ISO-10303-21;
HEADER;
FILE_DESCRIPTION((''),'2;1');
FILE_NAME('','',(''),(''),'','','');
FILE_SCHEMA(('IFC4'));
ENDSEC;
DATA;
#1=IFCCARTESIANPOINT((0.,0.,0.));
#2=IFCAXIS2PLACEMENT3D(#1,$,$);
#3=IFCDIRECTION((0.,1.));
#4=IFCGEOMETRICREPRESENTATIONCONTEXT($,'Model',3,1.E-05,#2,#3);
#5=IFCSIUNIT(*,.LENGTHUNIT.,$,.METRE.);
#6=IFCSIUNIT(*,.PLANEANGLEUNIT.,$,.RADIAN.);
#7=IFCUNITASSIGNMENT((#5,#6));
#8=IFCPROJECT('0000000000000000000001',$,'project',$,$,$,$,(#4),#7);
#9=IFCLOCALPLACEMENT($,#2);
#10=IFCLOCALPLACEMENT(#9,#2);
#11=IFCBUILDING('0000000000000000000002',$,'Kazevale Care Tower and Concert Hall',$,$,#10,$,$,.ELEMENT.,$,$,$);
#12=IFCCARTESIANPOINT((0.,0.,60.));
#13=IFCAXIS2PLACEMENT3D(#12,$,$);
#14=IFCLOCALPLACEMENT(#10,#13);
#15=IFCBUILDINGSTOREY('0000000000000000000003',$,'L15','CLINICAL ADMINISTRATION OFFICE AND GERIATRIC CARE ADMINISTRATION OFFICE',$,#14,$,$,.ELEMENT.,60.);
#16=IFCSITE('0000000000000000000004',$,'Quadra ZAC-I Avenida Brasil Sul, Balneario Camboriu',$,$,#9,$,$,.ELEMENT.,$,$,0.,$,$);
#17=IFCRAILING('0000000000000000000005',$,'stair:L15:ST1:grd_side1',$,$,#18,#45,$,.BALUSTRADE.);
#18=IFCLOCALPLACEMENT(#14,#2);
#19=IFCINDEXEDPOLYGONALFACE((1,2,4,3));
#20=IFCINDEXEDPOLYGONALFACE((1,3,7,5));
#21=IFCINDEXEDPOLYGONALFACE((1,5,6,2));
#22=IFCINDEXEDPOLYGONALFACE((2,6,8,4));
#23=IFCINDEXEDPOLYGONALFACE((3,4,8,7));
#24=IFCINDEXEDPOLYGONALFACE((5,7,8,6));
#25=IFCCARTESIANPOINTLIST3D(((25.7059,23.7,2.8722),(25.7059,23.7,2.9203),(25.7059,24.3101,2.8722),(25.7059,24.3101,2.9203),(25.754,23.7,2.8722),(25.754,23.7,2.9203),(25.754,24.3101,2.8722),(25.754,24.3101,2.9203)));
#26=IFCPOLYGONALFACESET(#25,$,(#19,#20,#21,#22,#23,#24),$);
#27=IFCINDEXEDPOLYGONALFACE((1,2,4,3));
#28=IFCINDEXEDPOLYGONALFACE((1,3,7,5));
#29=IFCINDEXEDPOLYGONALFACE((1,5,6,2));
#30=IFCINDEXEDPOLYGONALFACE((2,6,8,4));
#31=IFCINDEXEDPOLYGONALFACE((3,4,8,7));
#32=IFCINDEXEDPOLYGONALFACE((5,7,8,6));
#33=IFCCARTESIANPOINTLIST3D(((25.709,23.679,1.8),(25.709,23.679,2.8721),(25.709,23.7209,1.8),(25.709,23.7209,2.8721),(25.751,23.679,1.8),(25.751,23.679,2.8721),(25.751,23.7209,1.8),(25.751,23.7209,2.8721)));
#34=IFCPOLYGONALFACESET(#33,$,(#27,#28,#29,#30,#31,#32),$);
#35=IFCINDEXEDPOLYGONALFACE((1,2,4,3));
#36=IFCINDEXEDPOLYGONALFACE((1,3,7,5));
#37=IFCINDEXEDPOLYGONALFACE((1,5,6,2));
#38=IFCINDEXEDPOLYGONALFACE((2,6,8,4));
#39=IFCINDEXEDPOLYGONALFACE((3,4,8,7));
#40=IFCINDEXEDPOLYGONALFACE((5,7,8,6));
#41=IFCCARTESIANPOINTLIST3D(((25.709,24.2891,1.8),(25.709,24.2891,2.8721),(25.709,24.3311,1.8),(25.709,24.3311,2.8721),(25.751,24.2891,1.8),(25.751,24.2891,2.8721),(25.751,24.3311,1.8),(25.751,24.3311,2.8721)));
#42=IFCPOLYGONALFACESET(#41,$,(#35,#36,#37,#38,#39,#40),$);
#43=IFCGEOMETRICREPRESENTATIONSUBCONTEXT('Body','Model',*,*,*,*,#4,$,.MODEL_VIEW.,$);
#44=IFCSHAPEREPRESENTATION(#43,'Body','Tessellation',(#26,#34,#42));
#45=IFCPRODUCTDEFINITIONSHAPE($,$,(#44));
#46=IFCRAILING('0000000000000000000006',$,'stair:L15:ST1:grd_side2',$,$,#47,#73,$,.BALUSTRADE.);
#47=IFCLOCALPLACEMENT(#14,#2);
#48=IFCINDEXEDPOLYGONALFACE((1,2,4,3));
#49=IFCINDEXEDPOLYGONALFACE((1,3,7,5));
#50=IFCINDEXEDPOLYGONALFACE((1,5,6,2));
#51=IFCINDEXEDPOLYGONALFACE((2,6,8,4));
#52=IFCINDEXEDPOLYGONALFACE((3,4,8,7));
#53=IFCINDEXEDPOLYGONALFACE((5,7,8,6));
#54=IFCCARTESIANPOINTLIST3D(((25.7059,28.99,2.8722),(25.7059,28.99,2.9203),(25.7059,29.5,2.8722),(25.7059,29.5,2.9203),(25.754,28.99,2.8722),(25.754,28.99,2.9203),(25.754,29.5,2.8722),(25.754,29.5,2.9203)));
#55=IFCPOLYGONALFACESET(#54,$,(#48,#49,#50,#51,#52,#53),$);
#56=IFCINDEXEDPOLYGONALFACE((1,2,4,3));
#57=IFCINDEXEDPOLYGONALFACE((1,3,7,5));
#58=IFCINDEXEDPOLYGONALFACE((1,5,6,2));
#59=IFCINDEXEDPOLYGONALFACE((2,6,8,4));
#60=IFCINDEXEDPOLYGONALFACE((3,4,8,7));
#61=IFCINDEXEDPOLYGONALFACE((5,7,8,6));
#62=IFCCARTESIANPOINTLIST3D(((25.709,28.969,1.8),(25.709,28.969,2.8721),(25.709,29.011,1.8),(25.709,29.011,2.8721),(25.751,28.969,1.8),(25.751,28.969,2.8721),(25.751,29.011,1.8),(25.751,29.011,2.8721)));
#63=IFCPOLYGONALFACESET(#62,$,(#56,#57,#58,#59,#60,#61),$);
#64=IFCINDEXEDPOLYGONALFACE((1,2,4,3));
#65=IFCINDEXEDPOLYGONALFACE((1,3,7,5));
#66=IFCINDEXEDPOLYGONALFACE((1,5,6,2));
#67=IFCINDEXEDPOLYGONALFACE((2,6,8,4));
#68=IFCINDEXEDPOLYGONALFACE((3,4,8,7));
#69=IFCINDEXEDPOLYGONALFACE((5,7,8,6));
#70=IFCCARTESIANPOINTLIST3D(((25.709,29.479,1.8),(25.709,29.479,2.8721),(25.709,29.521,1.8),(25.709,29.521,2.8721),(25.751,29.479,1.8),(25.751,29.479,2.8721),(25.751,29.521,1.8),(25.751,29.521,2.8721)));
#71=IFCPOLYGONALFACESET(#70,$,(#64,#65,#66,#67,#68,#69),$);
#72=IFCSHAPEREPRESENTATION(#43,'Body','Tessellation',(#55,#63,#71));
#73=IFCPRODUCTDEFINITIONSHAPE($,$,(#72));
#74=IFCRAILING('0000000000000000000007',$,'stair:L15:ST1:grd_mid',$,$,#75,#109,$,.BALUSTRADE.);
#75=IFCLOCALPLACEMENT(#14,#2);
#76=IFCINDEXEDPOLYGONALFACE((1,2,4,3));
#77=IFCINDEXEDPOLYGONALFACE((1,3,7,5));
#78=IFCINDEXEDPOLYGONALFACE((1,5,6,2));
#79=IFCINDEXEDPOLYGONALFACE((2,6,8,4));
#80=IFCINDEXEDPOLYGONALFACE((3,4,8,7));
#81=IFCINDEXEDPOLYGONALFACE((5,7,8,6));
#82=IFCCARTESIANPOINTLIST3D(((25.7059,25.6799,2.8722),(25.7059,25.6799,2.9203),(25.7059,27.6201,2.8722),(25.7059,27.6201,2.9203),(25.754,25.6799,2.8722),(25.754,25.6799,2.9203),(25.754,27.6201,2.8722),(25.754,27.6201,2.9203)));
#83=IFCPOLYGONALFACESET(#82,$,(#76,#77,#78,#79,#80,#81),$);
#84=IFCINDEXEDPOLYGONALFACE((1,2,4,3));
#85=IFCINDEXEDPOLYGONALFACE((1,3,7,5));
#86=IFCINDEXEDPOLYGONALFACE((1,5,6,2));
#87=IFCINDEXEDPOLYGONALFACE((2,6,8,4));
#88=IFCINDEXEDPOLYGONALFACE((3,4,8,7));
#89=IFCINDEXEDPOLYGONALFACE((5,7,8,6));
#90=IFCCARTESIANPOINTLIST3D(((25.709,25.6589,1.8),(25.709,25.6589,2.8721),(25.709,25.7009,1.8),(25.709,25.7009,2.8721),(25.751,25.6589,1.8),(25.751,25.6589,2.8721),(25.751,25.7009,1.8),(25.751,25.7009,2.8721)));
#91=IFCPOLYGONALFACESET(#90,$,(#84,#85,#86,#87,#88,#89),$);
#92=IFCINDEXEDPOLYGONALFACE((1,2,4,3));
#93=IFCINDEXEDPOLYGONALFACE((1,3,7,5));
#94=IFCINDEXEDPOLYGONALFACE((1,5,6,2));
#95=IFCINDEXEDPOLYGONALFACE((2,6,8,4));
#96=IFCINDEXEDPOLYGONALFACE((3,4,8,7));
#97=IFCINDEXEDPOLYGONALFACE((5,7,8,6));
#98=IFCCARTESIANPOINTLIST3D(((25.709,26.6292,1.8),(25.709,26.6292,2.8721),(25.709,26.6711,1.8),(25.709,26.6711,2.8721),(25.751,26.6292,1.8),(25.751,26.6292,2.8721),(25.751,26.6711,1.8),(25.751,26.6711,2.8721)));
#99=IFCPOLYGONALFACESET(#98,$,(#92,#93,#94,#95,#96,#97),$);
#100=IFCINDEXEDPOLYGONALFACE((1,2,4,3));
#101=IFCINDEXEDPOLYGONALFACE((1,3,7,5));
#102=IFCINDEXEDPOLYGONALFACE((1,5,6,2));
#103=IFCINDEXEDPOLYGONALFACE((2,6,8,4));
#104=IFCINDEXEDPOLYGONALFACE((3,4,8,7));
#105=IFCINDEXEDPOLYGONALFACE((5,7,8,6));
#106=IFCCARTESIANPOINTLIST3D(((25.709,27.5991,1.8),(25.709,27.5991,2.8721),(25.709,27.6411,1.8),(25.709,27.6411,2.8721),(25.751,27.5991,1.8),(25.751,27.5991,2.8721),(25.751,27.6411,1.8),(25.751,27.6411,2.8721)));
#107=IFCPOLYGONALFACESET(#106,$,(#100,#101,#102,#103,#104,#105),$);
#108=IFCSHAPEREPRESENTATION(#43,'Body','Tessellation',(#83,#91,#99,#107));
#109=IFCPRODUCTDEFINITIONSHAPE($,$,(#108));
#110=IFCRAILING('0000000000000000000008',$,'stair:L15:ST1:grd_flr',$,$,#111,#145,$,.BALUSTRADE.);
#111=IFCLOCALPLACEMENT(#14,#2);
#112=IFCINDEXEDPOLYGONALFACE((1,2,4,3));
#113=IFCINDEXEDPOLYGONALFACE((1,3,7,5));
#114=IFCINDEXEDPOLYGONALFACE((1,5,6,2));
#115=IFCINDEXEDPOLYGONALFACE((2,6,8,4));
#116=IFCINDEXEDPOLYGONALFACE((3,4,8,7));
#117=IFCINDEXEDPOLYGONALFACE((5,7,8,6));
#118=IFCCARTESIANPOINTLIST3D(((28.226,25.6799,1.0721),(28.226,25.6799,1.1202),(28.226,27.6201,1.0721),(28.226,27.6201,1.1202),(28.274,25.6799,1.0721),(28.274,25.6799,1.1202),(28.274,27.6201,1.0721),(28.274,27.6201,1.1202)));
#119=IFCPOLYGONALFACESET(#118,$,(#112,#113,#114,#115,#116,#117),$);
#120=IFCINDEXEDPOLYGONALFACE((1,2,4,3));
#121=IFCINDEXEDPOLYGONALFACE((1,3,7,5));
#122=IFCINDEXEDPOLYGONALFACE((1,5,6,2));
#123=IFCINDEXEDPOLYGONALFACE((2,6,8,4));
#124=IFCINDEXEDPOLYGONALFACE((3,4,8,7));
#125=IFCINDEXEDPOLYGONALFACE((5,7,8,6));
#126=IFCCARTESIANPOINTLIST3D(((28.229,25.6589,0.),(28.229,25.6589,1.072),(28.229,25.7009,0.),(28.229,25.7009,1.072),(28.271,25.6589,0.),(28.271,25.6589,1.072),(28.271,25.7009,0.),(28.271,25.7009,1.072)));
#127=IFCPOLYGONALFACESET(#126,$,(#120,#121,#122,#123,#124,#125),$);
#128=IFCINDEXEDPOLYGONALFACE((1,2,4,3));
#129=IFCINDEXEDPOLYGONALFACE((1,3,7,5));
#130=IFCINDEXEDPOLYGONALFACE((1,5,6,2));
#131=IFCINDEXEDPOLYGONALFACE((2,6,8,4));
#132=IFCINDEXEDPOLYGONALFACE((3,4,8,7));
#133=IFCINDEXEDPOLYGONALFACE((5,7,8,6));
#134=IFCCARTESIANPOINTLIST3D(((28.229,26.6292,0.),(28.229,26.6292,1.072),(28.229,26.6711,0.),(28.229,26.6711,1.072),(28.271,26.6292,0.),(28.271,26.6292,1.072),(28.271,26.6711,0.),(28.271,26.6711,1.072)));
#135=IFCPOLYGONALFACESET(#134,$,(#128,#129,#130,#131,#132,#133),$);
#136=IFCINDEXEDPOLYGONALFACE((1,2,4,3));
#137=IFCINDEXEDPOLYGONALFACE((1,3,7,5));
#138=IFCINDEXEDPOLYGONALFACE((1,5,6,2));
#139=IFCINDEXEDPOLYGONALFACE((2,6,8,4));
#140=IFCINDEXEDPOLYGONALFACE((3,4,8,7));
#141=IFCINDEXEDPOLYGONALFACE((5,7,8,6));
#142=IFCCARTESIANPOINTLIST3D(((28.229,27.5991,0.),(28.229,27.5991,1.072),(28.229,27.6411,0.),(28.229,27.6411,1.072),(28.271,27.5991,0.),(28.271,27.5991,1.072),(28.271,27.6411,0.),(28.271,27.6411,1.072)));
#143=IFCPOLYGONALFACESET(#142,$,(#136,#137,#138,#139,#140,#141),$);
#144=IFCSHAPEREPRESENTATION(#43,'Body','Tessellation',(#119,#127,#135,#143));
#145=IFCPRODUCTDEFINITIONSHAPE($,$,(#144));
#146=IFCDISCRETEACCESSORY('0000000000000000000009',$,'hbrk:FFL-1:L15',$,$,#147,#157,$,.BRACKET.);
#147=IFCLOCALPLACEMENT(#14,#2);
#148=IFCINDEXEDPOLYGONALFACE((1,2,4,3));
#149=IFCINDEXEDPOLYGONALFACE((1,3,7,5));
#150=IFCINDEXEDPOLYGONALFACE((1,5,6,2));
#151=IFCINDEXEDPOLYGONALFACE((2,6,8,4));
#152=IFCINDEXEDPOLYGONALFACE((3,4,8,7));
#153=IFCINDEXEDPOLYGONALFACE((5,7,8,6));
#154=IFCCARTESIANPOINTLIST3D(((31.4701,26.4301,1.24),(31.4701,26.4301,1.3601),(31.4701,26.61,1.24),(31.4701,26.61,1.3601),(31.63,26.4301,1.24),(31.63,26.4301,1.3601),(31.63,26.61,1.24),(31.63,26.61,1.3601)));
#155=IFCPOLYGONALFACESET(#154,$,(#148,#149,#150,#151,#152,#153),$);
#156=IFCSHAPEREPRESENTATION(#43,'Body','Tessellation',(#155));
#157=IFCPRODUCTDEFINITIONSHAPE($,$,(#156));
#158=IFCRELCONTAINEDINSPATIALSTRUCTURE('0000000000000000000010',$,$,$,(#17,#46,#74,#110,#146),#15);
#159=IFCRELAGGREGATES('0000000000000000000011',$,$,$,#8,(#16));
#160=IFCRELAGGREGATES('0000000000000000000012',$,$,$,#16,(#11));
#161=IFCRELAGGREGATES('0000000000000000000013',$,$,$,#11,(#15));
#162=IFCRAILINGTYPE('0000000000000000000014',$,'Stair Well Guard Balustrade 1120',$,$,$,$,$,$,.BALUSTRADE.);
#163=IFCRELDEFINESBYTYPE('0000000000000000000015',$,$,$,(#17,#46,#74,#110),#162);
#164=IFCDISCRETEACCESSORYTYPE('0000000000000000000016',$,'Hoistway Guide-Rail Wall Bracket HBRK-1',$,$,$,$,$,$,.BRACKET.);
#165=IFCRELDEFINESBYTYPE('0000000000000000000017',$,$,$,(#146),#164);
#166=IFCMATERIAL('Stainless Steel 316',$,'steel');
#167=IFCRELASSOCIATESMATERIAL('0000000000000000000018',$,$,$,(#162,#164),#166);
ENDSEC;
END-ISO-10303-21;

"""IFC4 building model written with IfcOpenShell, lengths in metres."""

from ifc_helpers import new_model, si_unit, direction, frame, origin, origin_2d, place, context, subcontext, project, spatial, rectangle, extrude, material, type_object, element, save


model = new_model("IFC4")

# Units and contexts
model_context = context("Model", 3, precision=1e-05, world=origin(), true_north=direction((0.0, 1.0)))
body_context = subcontext(model_context, "Body", "Model", "MODEL_VIEW")
ifc_project = project(units=[si_unit("LENGTHUNIT", "METRE"), si_unit("PLANEANGLEUNIT", "RADIAN")], contexts=[model_context])

# Site, building, storey
site_placement = place(None, origin())
site = spatial("IfcSite", under=ifc_project, at=site_placement, Name="Quadra ZAC-I Avenida Brasil Sul, Balneario Camboriu", CompositionType="ELEMENT", RefElevation=0.0)
building_placement = place(site_placement, origin())
building = spatial("IfcBuilding", under=site, at=building_placement, Name="Kazevale Care Tower and Concert Hall", CompositionType="ELEMENT")
storey_placement = place(building_placement, frame((0.0, 0.0, 60.0)))
storey = spatial("IfcBuildingStorey", under=building, at=storey_placement, Name="L15", Description="CLINICAL ADMINISTRATION OFFICE AND GERIATRIC CARE ADMINISTRATION OFFICE", CompositionType="ELEMENT", Elevation=60.0)

# Shared definitions
ifc_material_1 = material(Name="Stainless Steel 316", Category="steel")

# Railings
railing_type_1 = type_object("IfcRailingType", Name="Stair Well Guard Balustrade 1120", PredefinedType="BALUSTRADE", material=ifc_material_1)
railing_1_placement = place(storey_placement, frame((25.73, 23.7, 1.8)))
element("IfcRailing", 1, at=railing_1_placement, inside=storey, type_object=railing_type_1, Name="stair:L15:ST1:grd_side1", PredefinedType="BALUSTRADE", context=body_context, shape_type="SweptSolid", body=[
    extrude(rectangle(XDim=0.0481, YDim=0.0481, at=origin_2d()), frame((0.0, 0.0, 1.0962), z_axis=(0.0, 1.0, 0.0), x_axis=(-1.0, 0.0, 0.0)), (0.0, 0.0, 1.0), 0.6101),
    extrude(rectangle(XDim=0.042, YDim=0.042, at=origin_2d()), origin(), (0.0, 0.0, 1.0), 1.072),
    extrude(rectangle(XDim=0.042, YDim=0.042, at=origin_2d()), frame((0.0, 0.6101, 0.0)), (0.0, 0.0, 1.0), 1.072),
])
railing_2_placement = place(storey_placement, frame((25.73, 28.99, 1.8)))
element("IfcRailing", 2, at=railing_2_placement, inside=storey, type_object=railing_type_1, Name="stair:L15:ST1:grd_side2", PredefinedType="BALUSTRADE", context=body_context, shape_type="SweptSolid", body=[
    extrude(rectangle(XDim=0.0481, YDim=0.0481, at=origin_2d()), frame((0.0, 0.0, 1.0962), z_axis=(0.0, 1.0, 0.0), x_axis=(-1.0, 0.0, 0.0)), (0.0, 0.0, 1.0), 0.51),
    extrude(rectangle(XDim=0.042, YDim=0.042, at=origin_2d()), origin(), (0.0, 0.0, 1.0), 1.072),
    extrude(rectangle(XDim=0.042, YDim=0.042, at=origin_2d()), frame((0.0, 0.51, 0.0)), (0.0, 0.0, 1.0), 1.072),
])
for number, where, name in (
    (3, (25.73, 25.6799, 1.8), "stair:L15:ST1:grd_mid"),
    (4, (28.25, 25.6799, 0.0), "stair:L15:ST1:grd_flr"),
):
    element("IfcRailing", number, at=place(storey_placement, frame(where)), inside=storey, type_object=railing_type_1, Name=name, PredefinedType="BALUSTRADE", context=body_context, shape_type="SweptSolid", body=[
        extrude(rectangle(XDim=0.0481, YDim=0.0481, at=origin_2d()), frame((0.0, 0.0, 1.0962), z_axis=(0.0, 1.0, 0.0), x_axis=(-1.0, 0.0, 0.0)), (0.0, 0.0, 1.0), 1.9402),
        extrude(rectangle(XDim=0.042, YDim=0.042, at=origin_2d()), origin(), (0.0, 0.0, 1.0), 1.072),
        extrude(rectangle(XDim=0.042, YDim=0.042, at=origin_2d()), frame((0.0, 0.9702, 0.0)), (0.0, 0.0, 1.0), 1.072),
        extrude(rectangle(XDim=0.042, YDim=0.042, at=origin_2d()), frame((0.0, 1.9402, 0.0)), (0.0, 0.0, 1.0), 1.072),
    ])

# Discrete accessory
discrete_accessory_type = type_object("IfcDiscreteAccessoryType", Name="Hoistway Guide-Rail Wall Bracket HBRK-1", PredefinedType="BRACKET", material=ifc_material_1)
discrete_accessory_placement = place(storey_placement, frame((31.55, 26.52, 1.24), z_axis=(0.0, 0.0, 1.0), x_axis=(1.0, 0.0, 0.0)))
element("IfcDiscreteAccessory", 5, at=discrete_accessory_placement, inside=storey, type_object=discrete_accessory_type, Name="hbrk:FFL-1:L15", PredefinedType="BRACKET", context=body_context, shape_type="SweptSolid", body=[
    extrude(rectangle(XDim=0.1599, YDim=0.1799, at=origin_2d()), origin(), (0.0, 0.0, 1.0), 0.1201),
])

save(model, "model.ifc")
